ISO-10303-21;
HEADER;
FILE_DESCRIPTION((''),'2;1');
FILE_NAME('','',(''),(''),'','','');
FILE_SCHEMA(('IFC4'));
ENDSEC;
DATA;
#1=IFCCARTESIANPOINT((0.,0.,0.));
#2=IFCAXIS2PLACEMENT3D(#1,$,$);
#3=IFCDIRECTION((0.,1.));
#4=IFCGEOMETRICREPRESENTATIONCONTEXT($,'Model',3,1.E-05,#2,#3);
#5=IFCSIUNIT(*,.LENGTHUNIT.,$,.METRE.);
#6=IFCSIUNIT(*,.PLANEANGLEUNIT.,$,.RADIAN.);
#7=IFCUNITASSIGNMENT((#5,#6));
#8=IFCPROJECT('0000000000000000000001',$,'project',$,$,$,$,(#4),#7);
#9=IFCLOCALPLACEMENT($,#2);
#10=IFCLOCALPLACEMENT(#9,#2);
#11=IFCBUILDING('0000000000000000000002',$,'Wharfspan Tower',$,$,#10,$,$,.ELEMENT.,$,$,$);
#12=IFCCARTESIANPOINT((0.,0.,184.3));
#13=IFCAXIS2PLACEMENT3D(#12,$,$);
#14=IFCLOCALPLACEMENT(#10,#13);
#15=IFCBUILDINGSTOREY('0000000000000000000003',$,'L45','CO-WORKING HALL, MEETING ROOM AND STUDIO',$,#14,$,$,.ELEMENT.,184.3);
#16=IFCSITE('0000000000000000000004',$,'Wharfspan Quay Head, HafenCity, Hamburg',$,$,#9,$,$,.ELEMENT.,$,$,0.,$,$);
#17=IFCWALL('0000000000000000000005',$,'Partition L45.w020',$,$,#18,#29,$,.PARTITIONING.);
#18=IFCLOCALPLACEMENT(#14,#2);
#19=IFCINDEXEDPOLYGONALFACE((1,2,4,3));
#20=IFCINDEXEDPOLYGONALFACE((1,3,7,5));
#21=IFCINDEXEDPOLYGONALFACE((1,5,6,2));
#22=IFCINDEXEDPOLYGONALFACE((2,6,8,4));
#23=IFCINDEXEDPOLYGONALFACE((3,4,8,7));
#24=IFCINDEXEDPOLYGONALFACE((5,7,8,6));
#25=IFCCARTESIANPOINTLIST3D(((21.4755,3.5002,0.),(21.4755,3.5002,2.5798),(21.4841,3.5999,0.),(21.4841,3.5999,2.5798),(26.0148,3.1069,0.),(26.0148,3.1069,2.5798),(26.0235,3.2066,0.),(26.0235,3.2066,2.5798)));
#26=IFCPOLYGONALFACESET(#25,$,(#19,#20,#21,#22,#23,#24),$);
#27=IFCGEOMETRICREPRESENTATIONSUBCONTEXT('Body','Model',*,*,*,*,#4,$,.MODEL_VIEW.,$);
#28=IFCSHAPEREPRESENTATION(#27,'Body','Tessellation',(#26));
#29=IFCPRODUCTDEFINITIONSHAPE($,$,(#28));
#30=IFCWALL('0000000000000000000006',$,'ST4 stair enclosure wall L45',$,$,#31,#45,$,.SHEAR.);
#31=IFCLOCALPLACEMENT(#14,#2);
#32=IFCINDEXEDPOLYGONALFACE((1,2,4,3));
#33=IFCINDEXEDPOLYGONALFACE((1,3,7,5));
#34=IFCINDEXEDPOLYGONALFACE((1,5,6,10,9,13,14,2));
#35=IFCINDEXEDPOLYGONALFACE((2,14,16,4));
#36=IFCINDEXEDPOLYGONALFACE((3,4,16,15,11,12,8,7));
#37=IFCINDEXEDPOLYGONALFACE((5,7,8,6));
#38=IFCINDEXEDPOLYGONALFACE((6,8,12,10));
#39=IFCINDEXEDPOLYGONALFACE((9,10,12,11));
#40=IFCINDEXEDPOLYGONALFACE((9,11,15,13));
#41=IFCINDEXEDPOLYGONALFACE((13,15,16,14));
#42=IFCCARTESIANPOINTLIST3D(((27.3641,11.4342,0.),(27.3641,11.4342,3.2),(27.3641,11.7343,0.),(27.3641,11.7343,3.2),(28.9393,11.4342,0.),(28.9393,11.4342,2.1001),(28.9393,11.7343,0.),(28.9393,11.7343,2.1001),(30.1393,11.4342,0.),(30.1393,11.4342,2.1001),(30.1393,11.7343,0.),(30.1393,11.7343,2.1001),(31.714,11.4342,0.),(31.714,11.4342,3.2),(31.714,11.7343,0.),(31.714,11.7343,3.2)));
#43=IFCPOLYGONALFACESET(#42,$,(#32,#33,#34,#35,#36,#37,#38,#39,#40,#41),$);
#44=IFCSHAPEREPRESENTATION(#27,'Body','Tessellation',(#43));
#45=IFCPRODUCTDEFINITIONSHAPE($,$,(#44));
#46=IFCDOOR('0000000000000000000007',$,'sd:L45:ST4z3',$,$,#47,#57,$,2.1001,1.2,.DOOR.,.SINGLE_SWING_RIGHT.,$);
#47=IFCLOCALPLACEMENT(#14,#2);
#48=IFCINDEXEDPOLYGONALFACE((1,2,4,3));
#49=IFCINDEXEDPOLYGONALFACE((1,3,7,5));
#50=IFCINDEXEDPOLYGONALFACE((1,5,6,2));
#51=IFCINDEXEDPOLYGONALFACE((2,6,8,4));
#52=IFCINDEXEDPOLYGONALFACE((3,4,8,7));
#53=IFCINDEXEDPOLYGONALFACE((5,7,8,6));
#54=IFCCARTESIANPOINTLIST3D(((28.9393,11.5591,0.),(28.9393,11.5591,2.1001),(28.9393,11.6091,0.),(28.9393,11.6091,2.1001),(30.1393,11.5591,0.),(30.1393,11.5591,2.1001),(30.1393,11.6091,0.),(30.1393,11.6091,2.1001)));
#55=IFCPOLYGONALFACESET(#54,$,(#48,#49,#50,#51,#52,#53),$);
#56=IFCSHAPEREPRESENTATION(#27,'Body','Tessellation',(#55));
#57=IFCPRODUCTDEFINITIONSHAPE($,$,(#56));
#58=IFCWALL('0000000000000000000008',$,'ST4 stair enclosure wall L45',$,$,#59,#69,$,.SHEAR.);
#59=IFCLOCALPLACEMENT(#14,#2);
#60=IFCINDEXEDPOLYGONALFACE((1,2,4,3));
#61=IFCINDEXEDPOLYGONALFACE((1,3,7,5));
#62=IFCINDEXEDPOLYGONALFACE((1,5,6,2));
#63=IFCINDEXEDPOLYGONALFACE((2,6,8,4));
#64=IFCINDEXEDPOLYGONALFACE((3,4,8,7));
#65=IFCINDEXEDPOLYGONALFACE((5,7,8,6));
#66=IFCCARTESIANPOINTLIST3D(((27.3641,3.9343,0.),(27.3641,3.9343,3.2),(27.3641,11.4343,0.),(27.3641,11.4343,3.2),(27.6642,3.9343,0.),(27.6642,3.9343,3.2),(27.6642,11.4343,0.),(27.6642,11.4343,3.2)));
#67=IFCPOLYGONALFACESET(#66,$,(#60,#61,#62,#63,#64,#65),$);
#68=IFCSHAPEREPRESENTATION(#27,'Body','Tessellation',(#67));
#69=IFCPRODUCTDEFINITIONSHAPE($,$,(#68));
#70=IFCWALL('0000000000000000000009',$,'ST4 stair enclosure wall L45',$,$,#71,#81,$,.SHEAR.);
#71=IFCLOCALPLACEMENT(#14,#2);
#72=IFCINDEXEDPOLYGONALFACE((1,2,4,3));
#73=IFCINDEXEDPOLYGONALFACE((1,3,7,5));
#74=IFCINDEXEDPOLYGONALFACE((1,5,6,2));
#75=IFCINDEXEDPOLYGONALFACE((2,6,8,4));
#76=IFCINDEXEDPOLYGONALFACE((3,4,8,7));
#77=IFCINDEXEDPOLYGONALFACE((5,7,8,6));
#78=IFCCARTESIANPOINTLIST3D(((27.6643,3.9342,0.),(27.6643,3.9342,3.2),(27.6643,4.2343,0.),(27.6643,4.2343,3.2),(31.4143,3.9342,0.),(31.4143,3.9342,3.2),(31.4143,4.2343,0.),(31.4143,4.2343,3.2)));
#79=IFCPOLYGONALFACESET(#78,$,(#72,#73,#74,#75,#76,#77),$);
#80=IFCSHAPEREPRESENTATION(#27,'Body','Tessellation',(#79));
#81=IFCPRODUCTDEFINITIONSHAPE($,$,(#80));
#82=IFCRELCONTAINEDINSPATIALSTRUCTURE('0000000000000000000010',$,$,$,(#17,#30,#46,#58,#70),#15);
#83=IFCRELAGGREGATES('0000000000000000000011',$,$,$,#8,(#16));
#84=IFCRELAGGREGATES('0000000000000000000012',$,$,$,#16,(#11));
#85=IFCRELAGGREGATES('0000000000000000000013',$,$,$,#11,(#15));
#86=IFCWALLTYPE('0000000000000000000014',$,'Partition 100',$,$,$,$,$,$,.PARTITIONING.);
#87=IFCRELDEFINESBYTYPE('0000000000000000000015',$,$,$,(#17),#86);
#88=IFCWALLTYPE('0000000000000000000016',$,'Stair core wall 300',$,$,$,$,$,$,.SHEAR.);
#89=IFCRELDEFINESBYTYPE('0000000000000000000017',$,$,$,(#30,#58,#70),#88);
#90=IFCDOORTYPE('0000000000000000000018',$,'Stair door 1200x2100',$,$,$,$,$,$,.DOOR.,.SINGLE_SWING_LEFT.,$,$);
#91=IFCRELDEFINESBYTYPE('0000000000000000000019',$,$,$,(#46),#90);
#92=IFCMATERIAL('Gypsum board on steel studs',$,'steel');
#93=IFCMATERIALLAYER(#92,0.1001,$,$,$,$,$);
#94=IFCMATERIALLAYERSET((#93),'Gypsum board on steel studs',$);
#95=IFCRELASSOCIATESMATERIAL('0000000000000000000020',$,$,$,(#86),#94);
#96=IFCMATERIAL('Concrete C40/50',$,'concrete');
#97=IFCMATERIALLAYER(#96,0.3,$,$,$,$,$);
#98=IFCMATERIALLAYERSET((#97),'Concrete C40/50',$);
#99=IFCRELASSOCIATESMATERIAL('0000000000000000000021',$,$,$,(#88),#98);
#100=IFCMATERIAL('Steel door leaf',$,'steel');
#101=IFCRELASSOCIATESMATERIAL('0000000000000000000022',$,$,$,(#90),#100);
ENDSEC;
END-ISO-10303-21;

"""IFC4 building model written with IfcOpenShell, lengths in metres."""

from ifc_helpers import new_model, si_unit, direction, frame, frame_2d, origin, place, context, subcontext, project, spatial, rectangle, extrude, material, layer, layer_set, type_object, element, fill, save


model = new_model("IFC4")

# Units and contexts
model_context = context("Model", 3, precision=1e-05, world=origin(), true_north=direction((0.0, 1.0)))
body_context = subcontext(model_context, "Body", "Model", "MODEL_VIEW")
ifc_project = project(units=[si_unit("LENGTHUNIT", "METRE"), si_unit("PLANEANGLEUNIT", "RADIAN")], contexts=[model_context])

# Site, building, storey
site_placement = place(None, origin())
site = spatial("IfcSite", under=ifc_project, at=site_placement, Name="Wharfspan Quay Head, HafenCity, Hamburg", CompositionType="ELEMENT", RefElevation=0.0)
building_placement = place(site_placement, origin())
building = spatial("IfcBuilding", under=site, at=building_placement, Name="Wharfspan Tower", CompositionType="ELEMENT")
storey_placement = place(building_placement, frame((0.0, 0.0, 184.3)))
storey = spatial("IfcBuildingStorey", under=building, at=storey_placement, Name="L45", Description="CO-WORKING HALL, MEETING ROOM AND STUDIO", CompositionType="ELEMENT", Elevation=184.3)

# Shared definitions
ifc_material_1 = material(Name="Gypsum board on steel studs", Category="steel")

# Shared definitions
ifc_layer_1 = layer(ifc_material_1, 0.1001)
ifc_layer_set_1 = layer_set([ifc_layer_1], Name="Gypsum board on steel studs")
wall_type_1 = type_object("IfcWallType", Name="Partition 100", PredefinedType="PARTITIONING", material=ifc_layer_set_1)

# Wall
wall_1_placement = place(storey_placement, frame((26.0193, 3.1567, 0.0), z_axis=(0.0, 0.0, 1.0), x_axis=(-0.996266, 0.086322, 0.0)))
element("IfcWall", 1, at=wall_1_placement, inside=storey, type_object=wall_type_1, Name="Partition L45.w020", PredefinedType="PARTITIONING", context=body_context, shape_type="SweptSolid", body=[
    extrude(rectangle(XDim=4.5564, YDim=0.1001, at=frame_2d((2.2783, 0.0))), origin(), (0.0, 0.0, 1.0), 2.5798),
])

# Wall, opening, door
ifc_material_2 = material(Name="Concrete C40/50", Category="concrete")
ifc_layer_2 = layer(ifc_material_2, 0.3)
ifc_layer_set_2 = layer_set([ifc_layer_2], Name="Concrete C40/50")
wall_type_2 = type_object("IfcWallType", Name="Stair core wall 300", PredefinedType="SHEAR", material=ifc_layer_set_2)
wall_2_placement = place(storey_placement, frame((27.3643, 11.5842, 0.0), z_axis=(0.0, 0.0, 1.0), x_axis=(1.0, 0.0, 0.0)))
wall_2 = element("IfcWall", 2, at=wall_2_placement, inside=storey, type_object=wall_type_2, Name="ST4 stair enclosure wall L45", PredefinedType="SHEAR", context=body_context, shape_type="SweptSolid", body=[
    extrude(rectangle(XDim=4.3499, YDim=0.3, at=frame_2d((2.1748, 0.0))), origin(), (0.0, 0.0, 1.0), 3.2),
])
opening_1_placement = place(wall_2_placement, frame((1.575, 0.0, 0.0)))
opening_1 = element("IfcOpeningElement", 3, at=opening_1_placement, cuts=wall_2, PredefinedType="OPENING", context=body_context, shape_type="SweptSolid", body=[
    extrude(rectangle(XDim=1.2, YDim=2.1001, at=frame_2d((0.6001, 1.05))), frame((0.0, 0.1599, 0.0), z_axis=(0.0, -1.0, 0.0), x_axis=(1.0, 0.0, 0.0)), (0.0, 0.0, 1.0), 0.3201),
])
ifc_material_3 = material(Name="Steel door leaf", Category="steel")
door_type_1 = type_object("IfcDoorType", Name="Stair door 1200x2100", OperationType="SINGLE_SWING_LEFT", PredefinedType="DOOR", material=ifc_material_3)
door_1_placement = place(opening_1_placement, origin())
door_1 = element("IfcDoor", 4, at=door_1_placement, inside=storey, type_object=door_type_1, Name="sd:L45:ST4z3", OperationType="SINGLE_SWING_RIGHT", OverallHeight=2.1001, OverallWidth=1.2, PredefinedType="DOOR", context=body_context, shape_type="SweptSolid", body=[
    extrude(rectangle(XDim=1.2, YDim=2.1001, at=frame_2d((0.6001, 1.05))), frame((0.0, 0.0249, 0.0), z_axis=(0.0, -1.0, 0.0), x_axis=(1.0, 0.0, 0.0)), (0.0, 0.0, 1.0), 0.05),
])
fill(opening_1, door_1)

# Walls
wall_3_placement = place(storey_placement, frame((27.5142, 3.9343, 0.0), z_axis=(0.0, 0.0, 1.0), x_axis=(0.0, 1.0, 0.0)))
element("IfcWall", 5, at=wall_3_placement, inside=storey, type_object=wall_type_2, Name="ST4 stair enclosure wall L45", PredefinedType="SHEAR", context=body_context, shape_type="SweptSolid", body=[
    extrude(rectangle(XDim=7.5, YDim=0.3, at=frame_2d((3.75, 0.0))), origin(), (0.0, 0.0, 1.0), 3.2),
])
wall_4_placement = place(storey_placement, frame((27.6643, 4.0842, 0.0), z_axis=(0.0, 0.0, 1.0), x_axis=(1.0, 0.0, 0.0)))
element("IfcWall", 6, at=wall_4_placement, inside=storey, type_object=wall_type_2, Name="ST4 stair enclosure wall L45", PredefinedType="SHEAR", context=body_context, shape_type="SweptSolid", body=[
    extrude(rectangle(XDim=3.75, YDim=0.3, at=frame_2d((1.875, 0.0))), origin(), (0.0, 0.0, 1.0), 3.2),
])

save(model, "model.ifc")
